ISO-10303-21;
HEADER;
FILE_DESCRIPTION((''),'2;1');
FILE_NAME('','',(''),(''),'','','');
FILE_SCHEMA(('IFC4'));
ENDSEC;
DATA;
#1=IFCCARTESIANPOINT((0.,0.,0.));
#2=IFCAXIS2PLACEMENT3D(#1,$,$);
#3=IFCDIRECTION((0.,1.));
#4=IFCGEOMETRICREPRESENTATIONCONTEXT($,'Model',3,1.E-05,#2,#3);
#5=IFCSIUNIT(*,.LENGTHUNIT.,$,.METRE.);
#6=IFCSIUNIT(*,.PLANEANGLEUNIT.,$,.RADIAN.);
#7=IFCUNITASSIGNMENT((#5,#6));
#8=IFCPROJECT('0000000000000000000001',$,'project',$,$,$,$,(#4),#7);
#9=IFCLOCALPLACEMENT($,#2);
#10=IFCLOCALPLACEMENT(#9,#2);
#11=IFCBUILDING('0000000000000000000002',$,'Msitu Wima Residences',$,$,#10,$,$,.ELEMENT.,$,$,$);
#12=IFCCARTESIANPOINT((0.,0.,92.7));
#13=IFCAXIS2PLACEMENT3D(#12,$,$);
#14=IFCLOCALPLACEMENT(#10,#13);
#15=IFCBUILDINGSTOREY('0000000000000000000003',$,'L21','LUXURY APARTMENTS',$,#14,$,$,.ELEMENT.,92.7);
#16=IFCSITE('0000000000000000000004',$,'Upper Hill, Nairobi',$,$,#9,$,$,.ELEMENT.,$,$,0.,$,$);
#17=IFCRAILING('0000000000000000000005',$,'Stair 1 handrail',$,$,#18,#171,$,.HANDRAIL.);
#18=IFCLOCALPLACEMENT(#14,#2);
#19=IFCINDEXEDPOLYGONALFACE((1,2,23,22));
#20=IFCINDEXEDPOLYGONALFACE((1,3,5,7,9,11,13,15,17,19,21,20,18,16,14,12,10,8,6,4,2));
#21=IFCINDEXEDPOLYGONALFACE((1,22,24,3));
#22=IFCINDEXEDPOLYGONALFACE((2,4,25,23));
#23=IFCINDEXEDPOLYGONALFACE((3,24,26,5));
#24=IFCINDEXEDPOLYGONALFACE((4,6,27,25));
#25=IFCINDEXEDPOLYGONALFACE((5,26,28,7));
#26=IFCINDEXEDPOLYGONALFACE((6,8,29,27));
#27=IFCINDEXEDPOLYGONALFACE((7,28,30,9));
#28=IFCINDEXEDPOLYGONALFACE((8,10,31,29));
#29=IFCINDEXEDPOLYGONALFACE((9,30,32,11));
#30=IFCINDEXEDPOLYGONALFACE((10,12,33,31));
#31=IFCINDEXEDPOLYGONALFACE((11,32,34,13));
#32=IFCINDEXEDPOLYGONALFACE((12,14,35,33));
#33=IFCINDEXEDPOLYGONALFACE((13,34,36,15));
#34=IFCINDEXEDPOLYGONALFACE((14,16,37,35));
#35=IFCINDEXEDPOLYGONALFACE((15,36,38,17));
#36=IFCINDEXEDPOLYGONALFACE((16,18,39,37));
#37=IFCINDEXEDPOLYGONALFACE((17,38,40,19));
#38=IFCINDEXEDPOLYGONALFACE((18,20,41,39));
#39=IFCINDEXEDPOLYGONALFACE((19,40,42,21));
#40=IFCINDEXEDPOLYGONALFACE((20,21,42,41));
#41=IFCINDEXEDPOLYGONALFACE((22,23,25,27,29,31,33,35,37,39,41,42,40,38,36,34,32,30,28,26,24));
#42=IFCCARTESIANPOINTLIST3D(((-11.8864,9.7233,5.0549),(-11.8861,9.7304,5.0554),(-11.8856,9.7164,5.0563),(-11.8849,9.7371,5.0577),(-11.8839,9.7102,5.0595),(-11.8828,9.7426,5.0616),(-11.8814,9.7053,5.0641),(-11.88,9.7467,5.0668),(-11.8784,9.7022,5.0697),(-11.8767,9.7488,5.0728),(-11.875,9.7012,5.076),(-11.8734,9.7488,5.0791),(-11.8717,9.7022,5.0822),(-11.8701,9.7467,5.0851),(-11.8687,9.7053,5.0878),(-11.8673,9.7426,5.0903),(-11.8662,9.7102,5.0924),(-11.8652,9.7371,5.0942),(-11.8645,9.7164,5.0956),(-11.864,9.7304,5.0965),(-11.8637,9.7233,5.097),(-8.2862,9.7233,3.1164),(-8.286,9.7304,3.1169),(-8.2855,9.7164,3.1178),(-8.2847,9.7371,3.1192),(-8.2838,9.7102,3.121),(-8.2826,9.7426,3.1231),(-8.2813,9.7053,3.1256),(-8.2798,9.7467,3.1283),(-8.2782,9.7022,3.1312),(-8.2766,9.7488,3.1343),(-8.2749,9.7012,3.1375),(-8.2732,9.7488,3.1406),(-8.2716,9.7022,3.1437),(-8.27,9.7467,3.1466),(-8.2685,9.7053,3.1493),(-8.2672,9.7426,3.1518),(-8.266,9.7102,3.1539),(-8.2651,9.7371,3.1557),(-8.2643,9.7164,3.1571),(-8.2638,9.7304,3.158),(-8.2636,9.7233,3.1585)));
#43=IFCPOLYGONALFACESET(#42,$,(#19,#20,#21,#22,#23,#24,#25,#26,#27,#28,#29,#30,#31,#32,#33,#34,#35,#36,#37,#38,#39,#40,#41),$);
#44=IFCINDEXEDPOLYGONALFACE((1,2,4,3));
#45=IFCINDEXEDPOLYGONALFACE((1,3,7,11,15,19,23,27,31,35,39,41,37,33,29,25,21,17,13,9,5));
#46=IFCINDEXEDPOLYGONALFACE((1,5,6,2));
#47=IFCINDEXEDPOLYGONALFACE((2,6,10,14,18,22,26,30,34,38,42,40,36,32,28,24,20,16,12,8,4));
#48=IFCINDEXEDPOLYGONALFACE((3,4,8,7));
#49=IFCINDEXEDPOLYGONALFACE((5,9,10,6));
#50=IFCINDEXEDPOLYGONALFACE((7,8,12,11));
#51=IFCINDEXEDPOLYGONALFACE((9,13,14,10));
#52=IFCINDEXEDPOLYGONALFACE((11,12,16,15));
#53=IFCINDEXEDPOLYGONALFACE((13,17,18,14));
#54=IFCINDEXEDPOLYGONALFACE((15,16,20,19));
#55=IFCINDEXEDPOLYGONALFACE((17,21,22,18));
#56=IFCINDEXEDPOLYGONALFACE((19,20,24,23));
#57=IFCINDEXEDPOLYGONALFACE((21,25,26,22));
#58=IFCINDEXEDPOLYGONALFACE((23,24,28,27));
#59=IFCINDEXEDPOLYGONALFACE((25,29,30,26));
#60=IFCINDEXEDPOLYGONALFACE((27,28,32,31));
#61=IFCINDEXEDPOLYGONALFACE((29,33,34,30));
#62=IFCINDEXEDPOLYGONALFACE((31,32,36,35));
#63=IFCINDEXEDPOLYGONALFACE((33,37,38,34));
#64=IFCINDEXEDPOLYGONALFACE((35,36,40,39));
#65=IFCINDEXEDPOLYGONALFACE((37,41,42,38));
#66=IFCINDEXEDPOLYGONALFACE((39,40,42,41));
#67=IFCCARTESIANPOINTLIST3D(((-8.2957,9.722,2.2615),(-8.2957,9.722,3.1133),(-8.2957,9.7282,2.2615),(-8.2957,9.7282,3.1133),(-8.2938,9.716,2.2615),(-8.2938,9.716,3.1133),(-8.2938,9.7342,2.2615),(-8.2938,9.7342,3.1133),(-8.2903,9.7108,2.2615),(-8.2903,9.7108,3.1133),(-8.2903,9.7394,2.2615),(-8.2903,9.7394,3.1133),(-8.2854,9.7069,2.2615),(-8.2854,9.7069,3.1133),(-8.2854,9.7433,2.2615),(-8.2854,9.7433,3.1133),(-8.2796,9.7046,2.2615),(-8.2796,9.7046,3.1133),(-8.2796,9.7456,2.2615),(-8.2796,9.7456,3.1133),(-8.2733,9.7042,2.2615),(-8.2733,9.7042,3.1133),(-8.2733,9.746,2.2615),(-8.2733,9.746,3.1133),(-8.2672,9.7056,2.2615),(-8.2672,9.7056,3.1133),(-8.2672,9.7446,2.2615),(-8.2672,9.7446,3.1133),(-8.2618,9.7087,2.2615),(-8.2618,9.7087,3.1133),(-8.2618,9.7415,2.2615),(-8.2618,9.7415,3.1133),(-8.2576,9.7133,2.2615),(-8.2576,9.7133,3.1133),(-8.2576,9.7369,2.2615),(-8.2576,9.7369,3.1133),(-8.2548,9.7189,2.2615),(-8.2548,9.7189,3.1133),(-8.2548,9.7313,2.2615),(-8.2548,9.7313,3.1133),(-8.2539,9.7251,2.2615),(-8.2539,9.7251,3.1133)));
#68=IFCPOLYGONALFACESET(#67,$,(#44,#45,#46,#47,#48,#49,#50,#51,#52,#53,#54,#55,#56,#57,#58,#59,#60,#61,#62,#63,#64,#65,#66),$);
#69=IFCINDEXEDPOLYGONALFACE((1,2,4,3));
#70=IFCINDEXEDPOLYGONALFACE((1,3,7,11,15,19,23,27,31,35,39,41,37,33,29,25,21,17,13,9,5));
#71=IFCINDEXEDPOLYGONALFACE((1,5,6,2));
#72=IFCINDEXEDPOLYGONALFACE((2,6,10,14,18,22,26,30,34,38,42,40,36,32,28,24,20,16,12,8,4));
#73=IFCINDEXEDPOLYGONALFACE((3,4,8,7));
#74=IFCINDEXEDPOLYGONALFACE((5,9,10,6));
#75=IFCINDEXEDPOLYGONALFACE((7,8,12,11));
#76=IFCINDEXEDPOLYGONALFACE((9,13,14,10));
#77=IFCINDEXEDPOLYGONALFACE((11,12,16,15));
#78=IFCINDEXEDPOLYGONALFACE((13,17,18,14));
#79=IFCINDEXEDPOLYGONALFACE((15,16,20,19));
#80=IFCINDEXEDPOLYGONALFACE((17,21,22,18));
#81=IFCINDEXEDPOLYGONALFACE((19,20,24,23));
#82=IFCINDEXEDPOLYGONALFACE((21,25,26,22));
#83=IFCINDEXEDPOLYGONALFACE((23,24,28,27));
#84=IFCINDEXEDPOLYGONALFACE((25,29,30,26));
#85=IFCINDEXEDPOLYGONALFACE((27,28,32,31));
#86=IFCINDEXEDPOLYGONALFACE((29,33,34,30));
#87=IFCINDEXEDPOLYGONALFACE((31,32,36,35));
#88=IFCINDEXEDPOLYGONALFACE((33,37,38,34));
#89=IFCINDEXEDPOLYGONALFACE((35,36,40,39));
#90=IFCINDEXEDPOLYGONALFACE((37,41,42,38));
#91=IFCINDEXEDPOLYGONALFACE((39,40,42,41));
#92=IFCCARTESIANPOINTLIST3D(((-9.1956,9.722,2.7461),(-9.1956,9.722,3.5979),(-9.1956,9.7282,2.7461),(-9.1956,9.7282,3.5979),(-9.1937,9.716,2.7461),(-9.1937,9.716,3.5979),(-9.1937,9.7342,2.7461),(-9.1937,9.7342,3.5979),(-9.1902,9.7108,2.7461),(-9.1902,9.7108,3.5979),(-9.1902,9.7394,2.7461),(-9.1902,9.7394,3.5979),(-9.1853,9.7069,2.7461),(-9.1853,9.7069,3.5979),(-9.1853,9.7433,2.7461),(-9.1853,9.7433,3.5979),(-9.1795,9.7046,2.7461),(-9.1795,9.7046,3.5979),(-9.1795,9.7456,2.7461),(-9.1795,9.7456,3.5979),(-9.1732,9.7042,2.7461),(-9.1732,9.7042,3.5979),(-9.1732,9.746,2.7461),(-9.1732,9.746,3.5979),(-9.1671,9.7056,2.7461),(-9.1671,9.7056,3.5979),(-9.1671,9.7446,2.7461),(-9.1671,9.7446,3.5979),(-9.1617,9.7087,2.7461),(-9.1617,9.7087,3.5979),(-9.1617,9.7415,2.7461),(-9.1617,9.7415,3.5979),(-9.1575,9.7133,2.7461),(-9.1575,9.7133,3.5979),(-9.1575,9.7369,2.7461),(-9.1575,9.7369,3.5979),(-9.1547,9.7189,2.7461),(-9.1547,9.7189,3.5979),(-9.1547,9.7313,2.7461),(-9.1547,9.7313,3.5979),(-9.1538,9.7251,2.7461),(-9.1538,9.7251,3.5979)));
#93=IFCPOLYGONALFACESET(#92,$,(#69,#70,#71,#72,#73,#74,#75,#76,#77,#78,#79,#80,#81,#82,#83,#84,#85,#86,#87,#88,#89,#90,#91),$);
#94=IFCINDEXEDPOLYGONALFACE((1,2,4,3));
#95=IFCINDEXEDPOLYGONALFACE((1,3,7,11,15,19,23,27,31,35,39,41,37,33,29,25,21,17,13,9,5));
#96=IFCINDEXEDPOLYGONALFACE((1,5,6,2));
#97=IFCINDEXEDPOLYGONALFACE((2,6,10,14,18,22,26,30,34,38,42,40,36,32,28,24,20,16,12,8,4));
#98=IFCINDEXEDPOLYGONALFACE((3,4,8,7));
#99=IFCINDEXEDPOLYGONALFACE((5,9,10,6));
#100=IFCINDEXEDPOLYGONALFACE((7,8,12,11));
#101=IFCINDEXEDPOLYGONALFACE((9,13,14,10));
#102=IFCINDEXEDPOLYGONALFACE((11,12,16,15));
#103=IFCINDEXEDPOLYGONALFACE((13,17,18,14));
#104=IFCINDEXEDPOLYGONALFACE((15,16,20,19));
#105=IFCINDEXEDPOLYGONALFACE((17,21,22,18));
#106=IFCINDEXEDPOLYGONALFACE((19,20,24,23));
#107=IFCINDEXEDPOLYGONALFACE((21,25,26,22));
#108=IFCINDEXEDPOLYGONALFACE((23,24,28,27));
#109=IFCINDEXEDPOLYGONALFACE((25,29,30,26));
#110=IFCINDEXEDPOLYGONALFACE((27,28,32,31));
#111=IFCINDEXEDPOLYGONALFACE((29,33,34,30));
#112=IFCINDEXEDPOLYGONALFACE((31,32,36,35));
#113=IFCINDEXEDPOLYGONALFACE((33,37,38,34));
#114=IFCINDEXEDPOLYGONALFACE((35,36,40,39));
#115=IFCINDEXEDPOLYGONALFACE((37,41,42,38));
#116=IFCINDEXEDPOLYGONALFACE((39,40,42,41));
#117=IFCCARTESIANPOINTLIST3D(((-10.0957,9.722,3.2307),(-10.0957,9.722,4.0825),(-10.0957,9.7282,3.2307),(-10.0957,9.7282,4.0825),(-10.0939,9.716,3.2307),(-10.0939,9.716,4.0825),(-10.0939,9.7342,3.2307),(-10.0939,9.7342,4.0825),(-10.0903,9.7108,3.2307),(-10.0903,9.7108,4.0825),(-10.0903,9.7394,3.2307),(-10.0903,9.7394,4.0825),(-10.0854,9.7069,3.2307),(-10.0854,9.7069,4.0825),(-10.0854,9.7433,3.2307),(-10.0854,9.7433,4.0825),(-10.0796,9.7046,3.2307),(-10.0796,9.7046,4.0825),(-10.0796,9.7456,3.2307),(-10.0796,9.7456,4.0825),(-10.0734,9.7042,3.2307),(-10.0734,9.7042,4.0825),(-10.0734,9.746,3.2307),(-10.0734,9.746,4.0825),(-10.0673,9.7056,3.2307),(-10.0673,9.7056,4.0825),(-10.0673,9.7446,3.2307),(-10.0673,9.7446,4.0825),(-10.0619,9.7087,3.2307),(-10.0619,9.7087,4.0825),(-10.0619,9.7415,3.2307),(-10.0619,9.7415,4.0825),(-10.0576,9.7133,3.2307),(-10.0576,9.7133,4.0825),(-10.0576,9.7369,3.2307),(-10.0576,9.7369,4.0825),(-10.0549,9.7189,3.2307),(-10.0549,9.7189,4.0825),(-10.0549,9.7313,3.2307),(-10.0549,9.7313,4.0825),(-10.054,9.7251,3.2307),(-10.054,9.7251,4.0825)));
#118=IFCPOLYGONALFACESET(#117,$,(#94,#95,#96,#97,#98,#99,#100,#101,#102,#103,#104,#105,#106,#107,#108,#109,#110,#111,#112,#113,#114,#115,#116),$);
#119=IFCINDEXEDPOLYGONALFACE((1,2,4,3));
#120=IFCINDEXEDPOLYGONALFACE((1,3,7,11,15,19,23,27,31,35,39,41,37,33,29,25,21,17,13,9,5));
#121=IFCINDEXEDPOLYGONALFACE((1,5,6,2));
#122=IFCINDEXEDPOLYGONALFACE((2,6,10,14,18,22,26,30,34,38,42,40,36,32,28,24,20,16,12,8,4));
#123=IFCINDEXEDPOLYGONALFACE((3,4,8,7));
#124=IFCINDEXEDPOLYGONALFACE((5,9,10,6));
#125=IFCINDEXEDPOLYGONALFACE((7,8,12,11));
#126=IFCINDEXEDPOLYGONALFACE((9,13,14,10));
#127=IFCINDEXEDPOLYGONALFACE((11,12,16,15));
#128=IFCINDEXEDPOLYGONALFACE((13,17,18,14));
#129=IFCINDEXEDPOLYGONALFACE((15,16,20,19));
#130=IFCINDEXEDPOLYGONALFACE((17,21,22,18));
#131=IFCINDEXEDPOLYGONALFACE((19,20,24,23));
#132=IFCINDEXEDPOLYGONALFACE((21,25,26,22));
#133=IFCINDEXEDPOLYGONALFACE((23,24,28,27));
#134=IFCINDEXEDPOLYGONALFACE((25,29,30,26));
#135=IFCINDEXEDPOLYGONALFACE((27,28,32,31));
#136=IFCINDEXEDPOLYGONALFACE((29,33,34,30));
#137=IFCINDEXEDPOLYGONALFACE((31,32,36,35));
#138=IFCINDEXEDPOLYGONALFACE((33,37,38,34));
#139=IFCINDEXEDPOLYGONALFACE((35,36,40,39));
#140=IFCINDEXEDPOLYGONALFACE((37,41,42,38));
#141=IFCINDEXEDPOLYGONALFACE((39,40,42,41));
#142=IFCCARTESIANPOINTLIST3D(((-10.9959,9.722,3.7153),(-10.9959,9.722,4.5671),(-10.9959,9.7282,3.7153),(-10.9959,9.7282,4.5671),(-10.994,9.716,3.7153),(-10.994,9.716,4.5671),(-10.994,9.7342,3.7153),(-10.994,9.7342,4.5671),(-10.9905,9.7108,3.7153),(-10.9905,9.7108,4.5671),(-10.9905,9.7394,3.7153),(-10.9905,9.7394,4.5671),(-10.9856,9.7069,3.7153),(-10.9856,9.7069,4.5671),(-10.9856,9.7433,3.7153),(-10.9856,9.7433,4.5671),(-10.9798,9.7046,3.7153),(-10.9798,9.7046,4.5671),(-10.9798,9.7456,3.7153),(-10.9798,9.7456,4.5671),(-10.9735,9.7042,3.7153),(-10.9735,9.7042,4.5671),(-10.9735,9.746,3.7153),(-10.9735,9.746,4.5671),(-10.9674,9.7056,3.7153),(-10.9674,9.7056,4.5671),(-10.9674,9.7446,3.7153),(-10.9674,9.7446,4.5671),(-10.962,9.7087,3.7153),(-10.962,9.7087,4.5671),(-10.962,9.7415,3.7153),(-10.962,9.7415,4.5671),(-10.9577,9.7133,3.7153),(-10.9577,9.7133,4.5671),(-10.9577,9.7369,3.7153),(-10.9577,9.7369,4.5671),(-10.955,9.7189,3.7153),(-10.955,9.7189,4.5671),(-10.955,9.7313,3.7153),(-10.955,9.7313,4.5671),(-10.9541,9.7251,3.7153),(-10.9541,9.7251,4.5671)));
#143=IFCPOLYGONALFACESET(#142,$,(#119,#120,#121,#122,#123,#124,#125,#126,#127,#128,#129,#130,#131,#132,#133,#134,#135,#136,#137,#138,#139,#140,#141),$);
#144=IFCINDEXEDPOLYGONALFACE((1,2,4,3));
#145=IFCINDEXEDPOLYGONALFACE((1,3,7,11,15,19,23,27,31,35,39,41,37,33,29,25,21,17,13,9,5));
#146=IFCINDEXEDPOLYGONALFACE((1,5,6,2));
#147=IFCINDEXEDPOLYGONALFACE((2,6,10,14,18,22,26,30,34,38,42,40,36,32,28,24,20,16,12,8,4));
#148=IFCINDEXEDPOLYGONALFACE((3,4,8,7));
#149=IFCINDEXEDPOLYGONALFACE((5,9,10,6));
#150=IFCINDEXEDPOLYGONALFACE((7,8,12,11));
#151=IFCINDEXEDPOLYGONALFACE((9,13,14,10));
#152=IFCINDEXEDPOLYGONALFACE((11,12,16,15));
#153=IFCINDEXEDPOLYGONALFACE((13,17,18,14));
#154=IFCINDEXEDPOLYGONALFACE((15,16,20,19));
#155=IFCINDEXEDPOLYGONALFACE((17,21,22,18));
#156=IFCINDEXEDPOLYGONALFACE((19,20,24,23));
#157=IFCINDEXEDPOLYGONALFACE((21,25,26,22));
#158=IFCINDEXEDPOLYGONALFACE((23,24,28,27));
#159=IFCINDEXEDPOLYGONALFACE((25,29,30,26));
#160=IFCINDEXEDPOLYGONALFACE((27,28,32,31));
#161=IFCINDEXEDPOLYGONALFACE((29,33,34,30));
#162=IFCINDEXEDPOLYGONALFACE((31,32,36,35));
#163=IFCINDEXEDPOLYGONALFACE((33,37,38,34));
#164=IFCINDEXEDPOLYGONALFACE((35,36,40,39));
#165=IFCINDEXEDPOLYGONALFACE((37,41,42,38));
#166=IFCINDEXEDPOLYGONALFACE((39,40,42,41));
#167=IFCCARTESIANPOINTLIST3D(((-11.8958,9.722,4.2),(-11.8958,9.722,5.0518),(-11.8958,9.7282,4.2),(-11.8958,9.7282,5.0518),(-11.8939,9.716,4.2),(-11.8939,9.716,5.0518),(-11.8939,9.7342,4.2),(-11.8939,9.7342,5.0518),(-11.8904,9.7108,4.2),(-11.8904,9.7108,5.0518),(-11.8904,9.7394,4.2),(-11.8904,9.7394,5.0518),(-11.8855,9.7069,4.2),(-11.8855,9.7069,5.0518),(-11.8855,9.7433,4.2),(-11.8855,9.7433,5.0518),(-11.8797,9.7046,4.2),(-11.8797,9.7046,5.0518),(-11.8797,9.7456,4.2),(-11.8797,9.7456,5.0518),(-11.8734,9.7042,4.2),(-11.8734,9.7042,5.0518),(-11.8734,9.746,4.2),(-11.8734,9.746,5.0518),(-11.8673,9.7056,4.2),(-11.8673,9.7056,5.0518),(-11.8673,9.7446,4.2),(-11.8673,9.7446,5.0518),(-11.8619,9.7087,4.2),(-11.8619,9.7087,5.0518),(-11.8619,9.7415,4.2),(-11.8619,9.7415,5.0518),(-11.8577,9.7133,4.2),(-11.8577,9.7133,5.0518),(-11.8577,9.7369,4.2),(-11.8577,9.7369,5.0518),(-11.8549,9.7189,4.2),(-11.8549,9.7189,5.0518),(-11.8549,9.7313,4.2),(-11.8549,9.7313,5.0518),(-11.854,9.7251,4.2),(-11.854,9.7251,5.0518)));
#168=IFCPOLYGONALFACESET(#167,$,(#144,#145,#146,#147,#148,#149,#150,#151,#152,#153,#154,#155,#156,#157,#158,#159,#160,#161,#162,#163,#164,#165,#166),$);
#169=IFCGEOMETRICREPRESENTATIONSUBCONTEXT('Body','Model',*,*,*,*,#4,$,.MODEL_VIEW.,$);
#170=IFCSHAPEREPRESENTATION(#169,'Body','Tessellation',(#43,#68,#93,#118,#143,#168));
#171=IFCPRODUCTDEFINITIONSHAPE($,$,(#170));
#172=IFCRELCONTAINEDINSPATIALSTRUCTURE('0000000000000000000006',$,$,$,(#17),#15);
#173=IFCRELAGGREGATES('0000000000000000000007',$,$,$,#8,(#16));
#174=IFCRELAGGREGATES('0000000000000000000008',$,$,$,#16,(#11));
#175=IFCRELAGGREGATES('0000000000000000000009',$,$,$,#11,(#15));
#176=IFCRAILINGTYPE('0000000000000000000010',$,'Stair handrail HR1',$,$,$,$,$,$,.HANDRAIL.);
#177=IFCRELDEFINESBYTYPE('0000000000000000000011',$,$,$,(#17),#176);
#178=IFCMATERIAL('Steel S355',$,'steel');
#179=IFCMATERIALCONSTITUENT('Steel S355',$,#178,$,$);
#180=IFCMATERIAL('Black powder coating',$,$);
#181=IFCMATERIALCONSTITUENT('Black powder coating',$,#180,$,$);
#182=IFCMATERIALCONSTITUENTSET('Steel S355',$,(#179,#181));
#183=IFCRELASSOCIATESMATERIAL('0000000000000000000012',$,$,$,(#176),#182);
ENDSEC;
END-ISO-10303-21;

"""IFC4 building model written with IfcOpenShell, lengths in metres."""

from ifc_helpers import new_model, si_unit, direction, frame, origin, origin_2d, place, context, subcontext, project, spatial, circle, extrude, material, constituent, constituent_set, type_object, element, save


model = new_model("IFC4")

# Units and contexts
model_context = context("Model", 3, precision=1e-05, world=origin(), true_north=direction((0.0, 1.0)))
body_context = subcontext(model_context, "Body", "Model", "MODEL_VIEW")
ifc_project = project(units=[si_unit("LENGTHUNIT", "METRE"), si_unit("PLANEANGLEUNIT", "RADIAN")], contexts=[model_context])

# Site, building, storey
site_placement = place(None, origin())
site = spatial("IfcSite", under=ifc_project, at=site_placement, Name="Upper Hill, Nairobi", CompositionType="ELEMENT", RefElevation=0.0)
building_placement = place(site_placement, origin())
building = spatial("IfcBuilding", under=site, at=building_placement, Name="Msitu Wima Residences", CompositionType="ELEMENT")
storey_placement = place(building_placement, frame((0.0, 0.0, 92.7)))
storey = spatial("IfcBuildingStorey", under=building, at=storey_placement, Name="L21", Description="LUXURY APARTMENTS", CompositionType="ELEMENT", Elevation=92.7)

# Railing
ifc_material_1 = material(Name="Steel S355", Category="steel")
ifc_constituent_1 = constituent(ifc_material_1, Name="Steel S355")
ifc_material_2 = material(Name="Black powder coating")
ifc_constituent_2 = constituent(ifc_material_2, Name="Black powder coating")
ifc_constituent_set = constituent_set(constituents=[ifc_constituent_1, ifc_constituent_2], Name="Steel S355")
railing_type = type_object("IfcRailingType", Name="Stair handrail HR1", PredefinedType="HANDRAIL", material=ifc_constituent_set)
for number, where, name in (
    (1, (-8.2749, 9.7251, 2.2615), "Stair 1 handrail"),
):
    element("IfcRailing", number, at=place(storey_placement, frame(where)), inside=storey, type_object=railing_type, Name=name, PredefinedType="HANDRAIL", context=body_context, shape_type="SweptSolid", body=[
        extrude(circle(Radius=0.0239, at=origin_2d()), frame((0.0, 0.0, 0.876), z_axis=(-0.880475, 0.0, 0.474093), x_axis=(0.0, -1.0, 0.0)), (0.0, 0.0, 1.0), 4.0889),
        extrude(circle(Radius=0.021, at=origin_2d()), origin(), (0.0, 0.0, 1.0), 0.8518),
        extrude(circle(Radius=0.021, at=origin_2d()), frame((-0.8999, 0.0, 0.4846)), (0.0, 0.0, 1.0), 0.8518),
        extrude(circle(Radius=0.021, at=origin_2d()), frame((-1.8, 0.0, 0.9692)), (0.0, 0.0, 1.0), 0.8518),
        extrude(circle(Radius=0.021, at=origin_2d()), frame((-2.7002, 0.0, 1.4539)), (0.0, 0.0, 1.0), 0.8518),
        extrude(circle(Radius=0.021, at=origin_2d()), frame((-3.6001, 0.0, 1.9385)), (0.0, 0.0, 1.0), 0.8518),
    ])

save(model, "model.ifc")
